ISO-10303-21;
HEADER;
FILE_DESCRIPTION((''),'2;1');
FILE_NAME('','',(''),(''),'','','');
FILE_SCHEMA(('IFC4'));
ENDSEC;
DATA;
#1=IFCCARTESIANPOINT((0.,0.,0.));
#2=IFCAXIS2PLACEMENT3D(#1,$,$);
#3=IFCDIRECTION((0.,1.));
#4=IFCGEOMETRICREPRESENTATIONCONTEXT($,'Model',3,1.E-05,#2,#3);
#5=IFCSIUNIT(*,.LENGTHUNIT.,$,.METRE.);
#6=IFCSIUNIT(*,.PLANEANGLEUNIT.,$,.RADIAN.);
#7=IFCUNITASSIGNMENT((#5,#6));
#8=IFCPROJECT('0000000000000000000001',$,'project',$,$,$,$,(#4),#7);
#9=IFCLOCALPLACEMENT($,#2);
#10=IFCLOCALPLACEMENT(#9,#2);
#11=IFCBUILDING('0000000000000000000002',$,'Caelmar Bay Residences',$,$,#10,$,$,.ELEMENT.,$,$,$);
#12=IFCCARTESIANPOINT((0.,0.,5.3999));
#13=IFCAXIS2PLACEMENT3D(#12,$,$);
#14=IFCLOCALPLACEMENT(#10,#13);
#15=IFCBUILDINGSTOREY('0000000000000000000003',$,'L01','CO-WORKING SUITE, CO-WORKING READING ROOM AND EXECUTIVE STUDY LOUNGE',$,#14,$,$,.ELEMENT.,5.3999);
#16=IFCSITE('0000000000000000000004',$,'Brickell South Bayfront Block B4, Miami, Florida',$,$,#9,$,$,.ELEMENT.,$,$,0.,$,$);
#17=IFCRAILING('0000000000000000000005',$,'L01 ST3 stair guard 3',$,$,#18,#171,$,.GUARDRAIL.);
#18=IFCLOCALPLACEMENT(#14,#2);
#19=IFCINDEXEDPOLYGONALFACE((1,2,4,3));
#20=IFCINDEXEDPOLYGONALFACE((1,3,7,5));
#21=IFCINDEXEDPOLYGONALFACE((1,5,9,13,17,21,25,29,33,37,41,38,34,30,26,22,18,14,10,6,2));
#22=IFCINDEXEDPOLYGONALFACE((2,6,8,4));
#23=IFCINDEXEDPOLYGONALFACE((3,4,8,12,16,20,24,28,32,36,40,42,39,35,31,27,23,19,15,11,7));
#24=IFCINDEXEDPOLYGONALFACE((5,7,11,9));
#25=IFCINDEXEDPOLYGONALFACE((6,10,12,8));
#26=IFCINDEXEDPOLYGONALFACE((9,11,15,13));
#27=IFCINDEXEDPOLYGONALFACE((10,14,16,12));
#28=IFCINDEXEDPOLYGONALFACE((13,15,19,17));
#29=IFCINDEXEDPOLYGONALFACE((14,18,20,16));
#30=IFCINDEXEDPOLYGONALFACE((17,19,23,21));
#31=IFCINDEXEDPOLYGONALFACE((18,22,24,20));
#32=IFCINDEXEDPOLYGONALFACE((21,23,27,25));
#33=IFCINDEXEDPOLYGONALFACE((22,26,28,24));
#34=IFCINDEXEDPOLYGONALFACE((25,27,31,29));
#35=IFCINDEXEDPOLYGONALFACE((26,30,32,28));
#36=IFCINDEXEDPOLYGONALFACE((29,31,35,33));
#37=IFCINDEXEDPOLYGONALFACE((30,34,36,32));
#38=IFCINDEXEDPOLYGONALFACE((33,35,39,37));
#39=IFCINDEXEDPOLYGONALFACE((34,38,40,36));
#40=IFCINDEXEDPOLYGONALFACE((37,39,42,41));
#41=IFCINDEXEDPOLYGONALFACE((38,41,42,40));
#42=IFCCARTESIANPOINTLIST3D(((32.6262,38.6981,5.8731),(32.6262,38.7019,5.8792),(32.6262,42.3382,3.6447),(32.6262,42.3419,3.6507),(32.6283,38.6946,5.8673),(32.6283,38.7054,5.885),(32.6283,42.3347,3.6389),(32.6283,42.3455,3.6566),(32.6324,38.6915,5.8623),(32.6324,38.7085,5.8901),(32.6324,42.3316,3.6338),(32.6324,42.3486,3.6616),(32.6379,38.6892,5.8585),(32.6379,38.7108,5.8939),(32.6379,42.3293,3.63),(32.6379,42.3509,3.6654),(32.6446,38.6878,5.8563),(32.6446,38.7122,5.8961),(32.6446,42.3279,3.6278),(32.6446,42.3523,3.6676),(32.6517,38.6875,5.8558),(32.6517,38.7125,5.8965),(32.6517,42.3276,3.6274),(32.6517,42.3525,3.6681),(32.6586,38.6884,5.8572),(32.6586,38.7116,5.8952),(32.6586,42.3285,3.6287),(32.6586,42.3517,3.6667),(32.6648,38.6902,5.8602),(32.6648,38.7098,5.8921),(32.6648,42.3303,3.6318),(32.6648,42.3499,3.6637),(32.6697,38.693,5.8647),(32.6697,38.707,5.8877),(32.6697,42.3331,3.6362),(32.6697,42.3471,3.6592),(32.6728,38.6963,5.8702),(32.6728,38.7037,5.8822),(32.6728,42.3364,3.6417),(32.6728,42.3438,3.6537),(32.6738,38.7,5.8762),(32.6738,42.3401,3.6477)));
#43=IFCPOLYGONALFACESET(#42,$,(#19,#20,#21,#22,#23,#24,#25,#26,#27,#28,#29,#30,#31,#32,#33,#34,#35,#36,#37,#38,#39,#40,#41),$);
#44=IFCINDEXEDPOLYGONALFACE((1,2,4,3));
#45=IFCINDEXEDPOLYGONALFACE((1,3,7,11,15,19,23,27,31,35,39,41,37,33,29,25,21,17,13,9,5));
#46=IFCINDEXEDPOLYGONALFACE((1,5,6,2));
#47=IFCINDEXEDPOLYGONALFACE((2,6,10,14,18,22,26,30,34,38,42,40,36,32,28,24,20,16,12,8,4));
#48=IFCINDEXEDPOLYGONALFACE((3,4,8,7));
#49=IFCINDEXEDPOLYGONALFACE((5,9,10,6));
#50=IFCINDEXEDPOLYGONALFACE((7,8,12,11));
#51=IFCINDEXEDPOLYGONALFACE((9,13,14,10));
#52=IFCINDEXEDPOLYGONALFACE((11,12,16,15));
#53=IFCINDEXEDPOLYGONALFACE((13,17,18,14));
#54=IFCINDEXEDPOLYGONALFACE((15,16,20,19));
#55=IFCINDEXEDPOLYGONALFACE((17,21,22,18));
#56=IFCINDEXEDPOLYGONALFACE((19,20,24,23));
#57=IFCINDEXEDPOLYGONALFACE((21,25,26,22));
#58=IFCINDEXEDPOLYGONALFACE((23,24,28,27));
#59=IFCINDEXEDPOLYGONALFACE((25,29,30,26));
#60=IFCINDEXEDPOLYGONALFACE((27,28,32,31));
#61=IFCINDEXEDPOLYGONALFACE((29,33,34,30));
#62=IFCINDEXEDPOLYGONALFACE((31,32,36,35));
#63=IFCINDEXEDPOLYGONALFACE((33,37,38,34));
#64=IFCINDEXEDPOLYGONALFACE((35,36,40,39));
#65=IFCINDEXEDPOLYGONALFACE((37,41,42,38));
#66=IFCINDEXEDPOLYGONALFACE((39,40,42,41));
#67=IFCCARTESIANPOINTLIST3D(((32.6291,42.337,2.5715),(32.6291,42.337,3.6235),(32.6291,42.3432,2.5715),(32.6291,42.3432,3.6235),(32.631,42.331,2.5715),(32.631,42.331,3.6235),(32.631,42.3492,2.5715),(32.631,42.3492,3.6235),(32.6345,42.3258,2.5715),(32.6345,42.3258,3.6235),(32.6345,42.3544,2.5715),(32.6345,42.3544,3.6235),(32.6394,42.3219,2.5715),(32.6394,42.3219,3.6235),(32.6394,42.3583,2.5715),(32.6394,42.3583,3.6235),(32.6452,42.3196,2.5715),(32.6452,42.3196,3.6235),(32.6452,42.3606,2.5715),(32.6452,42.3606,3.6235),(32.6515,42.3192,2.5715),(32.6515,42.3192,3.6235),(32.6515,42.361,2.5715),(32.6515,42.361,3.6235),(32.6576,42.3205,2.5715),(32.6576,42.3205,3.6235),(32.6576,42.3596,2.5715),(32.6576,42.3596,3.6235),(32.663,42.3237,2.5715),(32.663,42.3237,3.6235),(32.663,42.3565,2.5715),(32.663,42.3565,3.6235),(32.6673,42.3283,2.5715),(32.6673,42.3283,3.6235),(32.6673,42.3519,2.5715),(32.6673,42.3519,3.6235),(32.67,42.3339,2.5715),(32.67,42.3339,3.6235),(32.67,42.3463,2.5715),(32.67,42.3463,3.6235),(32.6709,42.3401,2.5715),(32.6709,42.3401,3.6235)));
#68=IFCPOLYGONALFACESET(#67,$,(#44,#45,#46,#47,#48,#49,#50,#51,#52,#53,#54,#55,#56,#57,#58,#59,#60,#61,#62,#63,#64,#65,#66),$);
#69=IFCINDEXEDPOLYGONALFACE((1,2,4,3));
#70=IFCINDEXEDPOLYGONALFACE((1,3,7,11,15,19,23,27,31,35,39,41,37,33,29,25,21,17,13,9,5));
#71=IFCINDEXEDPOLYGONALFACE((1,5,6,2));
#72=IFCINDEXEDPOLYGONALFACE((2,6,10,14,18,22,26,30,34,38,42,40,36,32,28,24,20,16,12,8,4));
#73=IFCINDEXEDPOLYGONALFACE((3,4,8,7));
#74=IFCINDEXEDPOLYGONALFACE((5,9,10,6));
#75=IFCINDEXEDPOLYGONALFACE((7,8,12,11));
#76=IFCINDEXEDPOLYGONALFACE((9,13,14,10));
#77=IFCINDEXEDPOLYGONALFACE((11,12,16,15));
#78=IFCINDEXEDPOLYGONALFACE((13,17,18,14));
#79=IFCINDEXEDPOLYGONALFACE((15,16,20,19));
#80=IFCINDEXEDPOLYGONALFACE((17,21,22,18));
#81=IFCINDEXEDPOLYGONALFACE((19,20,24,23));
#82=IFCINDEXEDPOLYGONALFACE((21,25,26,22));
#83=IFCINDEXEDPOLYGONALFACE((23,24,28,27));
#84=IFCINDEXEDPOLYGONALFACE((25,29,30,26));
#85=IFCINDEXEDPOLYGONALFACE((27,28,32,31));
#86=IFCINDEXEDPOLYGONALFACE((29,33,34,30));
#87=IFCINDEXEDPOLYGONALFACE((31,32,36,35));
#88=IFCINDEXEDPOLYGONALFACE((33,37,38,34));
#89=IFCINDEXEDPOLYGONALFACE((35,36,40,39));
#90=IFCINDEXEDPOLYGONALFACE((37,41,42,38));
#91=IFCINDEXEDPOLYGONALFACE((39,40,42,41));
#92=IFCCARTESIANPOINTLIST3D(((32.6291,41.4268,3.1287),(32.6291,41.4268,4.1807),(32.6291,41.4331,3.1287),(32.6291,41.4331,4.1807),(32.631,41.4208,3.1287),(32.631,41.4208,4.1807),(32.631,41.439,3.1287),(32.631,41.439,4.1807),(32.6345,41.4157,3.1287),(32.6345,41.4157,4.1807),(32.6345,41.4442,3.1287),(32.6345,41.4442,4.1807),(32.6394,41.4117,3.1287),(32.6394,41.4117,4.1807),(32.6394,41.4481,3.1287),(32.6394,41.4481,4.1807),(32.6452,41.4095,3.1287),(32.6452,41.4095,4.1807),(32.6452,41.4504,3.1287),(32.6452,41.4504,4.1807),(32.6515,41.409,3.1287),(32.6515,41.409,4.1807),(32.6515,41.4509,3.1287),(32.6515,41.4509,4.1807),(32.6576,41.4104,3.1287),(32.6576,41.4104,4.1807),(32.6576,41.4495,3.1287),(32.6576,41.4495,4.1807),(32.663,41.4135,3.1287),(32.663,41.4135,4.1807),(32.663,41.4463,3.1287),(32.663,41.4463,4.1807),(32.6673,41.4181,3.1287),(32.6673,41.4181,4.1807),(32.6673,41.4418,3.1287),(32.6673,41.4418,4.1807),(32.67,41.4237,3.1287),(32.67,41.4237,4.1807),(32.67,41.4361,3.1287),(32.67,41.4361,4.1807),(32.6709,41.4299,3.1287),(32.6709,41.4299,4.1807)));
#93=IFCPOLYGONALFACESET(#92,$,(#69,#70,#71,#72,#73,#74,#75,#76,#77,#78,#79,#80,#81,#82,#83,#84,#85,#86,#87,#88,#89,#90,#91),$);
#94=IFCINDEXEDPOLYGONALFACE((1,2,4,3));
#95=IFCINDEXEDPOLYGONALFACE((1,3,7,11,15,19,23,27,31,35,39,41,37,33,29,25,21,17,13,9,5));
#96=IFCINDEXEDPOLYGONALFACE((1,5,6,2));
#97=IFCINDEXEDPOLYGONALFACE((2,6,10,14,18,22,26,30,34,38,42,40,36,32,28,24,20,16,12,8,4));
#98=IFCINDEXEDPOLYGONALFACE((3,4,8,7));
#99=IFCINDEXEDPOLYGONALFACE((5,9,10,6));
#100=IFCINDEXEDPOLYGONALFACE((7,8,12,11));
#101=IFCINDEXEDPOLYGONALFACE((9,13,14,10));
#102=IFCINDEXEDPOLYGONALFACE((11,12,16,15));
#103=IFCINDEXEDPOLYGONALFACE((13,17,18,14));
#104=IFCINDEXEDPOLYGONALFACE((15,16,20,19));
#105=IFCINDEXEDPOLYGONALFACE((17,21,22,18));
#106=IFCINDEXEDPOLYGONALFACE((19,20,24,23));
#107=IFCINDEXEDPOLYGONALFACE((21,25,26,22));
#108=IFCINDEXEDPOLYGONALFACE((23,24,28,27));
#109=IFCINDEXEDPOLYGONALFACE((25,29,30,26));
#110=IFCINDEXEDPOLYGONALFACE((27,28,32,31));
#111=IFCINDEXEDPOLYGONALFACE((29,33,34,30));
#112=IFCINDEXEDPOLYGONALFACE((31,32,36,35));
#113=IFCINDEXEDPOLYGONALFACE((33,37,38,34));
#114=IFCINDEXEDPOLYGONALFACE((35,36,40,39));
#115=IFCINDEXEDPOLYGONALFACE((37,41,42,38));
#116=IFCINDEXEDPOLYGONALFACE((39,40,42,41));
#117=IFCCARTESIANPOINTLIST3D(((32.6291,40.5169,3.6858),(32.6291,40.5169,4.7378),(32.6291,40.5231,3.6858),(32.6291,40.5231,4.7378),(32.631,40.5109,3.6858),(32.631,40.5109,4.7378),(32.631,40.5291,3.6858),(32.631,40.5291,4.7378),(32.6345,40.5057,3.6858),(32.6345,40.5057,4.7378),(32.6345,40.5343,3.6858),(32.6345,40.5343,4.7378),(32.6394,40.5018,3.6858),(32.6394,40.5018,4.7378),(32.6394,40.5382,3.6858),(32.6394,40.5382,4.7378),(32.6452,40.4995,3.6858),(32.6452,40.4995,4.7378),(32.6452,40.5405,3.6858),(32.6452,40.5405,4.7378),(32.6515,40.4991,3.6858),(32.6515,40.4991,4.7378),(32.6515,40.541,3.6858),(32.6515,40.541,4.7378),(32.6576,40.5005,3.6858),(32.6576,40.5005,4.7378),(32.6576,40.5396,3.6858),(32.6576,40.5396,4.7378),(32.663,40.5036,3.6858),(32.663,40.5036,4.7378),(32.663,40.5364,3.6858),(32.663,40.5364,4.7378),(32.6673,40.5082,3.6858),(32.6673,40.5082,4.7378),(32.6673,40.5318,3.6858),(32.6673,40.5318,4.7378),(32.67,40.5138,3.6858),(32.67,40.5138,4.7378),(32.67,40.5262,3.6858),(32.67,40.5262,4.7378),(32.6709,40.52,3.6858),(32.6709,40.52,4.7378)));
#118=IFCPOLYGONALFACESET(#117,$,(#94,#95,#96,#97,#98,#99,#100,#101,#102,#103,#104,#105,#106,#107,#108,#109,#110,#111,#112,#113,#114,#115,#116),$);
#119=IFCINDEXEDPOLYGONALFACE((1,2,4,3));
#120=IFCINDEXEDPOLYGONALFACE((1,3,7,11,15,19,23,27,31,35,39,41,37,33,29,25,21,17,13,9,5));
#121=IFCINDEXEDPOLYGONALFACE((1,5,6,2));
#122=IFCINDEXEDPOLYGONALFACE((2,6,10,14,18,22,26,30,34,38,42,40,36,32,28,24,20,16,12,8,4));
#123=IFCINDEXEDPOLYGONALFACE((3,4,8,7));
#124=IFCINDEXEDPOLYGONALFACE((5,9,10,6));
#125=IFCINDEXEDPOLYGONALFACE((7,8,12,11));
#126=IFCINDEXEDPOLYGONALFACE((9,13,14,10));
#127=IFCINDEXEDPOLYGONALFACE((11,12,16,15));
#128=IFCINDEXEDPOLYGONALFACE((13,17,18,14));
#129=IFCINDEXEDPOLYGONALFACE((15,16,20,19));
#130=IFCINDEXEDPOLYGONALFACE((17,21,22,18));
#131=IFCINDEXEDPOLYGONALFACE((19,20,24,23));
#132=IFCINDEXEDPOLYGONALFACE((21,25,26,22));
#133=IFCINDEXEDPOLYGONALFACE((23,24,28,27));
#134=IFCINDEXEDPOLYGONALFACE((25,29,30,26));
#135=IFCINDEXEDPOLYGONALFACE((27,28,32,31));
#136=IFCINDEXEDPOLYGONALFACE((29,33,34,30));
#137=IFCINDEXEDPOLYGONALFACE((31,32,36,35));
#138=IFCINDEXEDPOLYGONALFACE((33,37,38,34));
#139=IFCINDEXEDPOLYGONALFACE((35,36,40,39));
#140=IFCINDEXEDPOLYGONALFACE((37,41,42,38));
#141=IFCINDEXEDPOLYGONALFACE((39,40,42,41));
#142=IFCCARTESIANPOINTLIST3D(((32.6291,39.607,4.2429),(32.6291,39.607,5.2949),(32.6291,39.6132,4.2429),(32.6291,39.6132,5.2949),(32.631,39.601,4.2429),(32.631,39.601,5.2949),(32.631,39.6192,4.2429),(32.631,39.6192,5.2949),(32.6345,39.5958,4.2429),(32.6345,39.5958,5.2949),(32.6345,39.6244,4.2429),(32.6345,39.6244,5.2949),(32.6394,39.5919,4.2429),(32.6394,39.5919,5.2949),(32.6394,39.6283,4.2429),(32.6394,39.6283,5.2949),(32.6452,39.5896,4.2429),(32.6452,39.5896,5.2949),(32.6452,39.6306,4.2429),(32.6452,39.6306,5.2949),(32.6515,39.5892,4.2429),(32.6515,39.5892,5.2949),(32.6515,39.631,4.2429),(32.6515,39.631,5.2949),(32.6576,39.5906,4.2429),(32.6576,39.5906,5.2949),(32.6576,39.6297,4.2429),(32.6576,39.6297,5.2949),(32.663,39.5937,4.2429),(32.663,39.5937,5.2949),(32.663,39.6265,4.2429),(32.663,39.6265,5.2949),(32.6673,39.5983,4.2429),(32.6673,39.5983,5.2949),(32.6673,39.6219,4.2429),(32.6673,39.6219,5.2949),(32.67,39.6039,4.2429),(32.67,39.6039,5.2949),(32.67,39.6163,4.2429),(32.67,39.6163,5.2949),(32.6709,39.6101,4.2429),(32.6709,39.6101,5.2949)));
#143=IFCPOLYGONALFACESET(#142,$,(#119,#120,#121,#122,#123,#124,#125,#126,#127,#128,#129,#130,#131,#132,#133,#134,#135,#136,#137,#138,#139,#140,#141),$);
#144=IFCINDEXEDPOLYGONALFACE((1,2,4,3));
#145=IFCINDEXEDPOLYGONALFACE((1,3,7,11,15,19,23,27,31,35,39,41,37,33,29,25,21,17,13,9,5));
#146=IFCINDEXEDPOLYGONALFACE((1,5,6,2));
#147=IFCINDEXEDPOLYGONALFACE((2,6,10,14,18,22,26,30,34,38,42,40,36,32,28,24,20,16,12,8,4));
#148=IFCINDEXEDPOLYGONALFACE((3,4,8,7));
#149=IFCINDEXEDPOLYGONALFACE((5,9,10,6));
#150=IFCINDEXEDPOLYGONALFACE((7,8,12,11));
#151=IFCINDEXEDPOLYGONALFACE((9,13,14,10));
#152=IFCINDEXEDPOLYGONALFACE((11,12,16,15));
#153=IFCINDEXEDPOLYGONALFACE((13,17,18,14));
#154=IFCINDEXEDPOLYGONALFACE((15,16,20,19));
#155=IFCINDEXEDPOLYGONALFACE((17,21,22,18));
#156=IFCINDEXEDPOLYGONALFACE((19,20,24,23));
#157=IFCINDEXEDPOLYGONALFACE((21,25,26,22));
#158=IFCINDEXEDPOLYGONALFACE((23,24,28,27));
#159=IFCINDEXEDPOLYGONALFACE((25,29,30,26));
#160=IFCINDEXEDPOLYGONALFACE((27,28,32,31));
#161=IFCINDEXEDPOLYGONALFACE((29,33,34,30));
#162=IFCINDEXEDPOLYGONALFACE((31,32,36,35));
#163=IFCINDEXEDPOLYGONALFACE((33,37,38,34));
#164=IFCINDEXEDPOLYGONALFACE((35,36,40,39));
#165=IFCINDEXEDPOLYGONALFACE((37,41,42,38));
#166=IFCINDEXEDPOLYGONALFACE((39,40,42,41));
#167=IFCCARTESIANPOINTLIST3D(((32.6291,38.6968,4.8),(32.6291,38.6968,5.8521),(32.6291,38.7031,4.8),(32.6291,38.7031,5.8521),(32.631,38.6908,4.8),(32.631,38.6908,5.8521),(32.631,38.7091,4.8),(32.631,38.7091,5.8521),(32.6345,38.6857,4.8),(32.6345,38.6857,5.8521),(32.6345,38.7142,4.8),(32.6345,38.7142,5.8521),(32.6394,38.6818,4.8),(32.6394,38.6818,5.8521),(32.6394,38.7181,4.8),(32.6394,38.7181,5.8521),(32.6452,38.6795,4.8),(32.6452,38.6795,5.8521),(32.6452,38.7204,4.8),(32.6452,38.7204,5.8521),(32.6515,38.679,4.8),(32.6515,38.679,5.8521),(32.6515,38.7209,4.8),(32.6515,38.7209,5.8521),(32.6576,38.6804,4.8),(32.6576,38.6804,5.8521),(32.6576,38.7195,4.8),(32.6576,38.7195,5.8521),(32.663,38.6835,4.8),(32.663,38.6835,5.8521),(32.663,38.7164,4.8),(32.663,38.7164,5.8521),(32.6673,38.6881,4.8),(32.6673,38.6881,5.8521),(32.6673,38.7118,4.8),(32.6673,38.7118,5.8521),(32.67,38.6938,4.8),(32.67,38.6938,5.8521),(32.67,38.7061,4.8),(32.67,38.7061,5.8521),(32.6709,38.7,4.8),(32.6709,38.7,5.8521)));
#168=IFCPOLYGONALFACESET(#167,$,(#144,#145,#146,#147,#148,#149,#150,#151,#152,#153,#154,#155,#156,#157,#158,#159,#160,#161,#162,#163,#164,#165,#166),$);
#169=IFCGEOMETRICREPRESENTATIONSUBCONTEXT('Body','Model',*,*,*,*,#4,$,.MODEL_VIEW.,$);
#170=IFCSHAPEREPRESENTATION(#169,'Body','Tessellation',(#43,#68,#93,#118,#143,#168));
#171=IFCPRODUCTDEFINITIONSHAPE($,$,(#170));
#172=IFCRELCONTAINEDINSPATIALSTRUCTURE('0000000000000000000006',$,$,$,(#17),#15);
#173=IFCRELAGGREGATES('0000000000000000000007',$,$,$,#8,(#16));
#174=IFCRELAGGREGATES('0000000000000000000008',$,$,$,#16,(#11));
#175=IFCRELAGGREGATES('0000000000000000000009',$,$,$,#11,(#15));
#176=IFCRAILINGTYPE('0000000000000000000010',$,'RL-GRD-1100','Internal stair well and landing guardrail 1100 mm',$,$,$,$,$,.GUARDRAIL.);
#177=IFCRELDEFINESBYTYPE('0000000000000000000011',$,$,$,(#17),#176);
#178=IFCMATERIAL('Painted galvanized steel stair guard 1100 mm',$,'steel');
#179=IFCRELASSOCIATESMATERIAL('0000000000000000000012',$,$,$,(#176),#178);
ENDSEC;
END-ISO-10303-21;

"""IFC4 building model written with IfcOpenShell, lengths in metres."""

from ifc_helpers import new_model, si_unit, direction, frame, origin, origin_2d, place, context, subcontext, project, spatial, circle, extrude, material, type_object, element, save


model = new_model("IFC4")

# Units and contexts
model_context = context("Model", 3, precision=1e-05, world=origin(), true_north=direction((0.0, 1.0)))
body_context = subcontext(model_context, "Body", "Model", "MODEL_VIEW")
ifc_project = project(units=[si_unit("LENGTHUNIT", "METRE"), si_unit("PLANEANGLEUNIT", "RADIAN")], contexts=[model_context])

# Site, building, storey
site_placement = place(None, origin())
site = spatial("IfcSite", under=ifc_project, at=site_placement, Name="Brickell South Bayfront Block B4, Miami, Florida", CompositionType="ELEMENT", RefElevation=0.0)
building_placement = place(site_placement, origin())
building = spatial("IfcBuilding", under=site, at=building_placement, Name="Caelmar Bay Residences", CompositionType="ELEMENT")
storey_placement = place(building_placement, frame((0.0, 0.0, 5.3999)))
storey = spatial("IfcBuildingStorey", under=building, at=storey_placement, Name="L01", Description="CO-WORKING SUITE, CO-WORKING READING ROOM AND EXECUTIVE STUDY LOUNGE", CompositionType="ELEMENT", Elevation=5.3999)

# Railing
ifc_material_1 = material(Name="Painted galvanized steel stair guard 1100 mm", Category="steel")
railing_type_1 = type_object("IfcRailingType", Name="RL-GRD-1100", Description="Internal stair well and landing guardrail 1100 mm", PredefinedType="GUARDRAIL", material=ifc_material_1)
railing_1_placement = place(storey_placement, frame((32.6499, 42.3401, 2.5715)))
element("IfcRailing", 1, at=railing_1_placement, inside=storey, type_object=railing_type_1, Name="L01 ST3 stair guard 3", PredefinedType="GUARDRAIL", context=body_context, shape_type="SweptSolid", body=[
    extrude(circle(Radius=0.0239, at=origin_2d()), frame((0.0, 0.0, 1.0762), z_axis=(0.0, -0.852866, 0.52213), x_axis=(1.0, 0.0, 0.0)), (0.0, 0.0, 1.0), 4.2681),
    extrude(circle(Radius=0.021, at=origin_2d()), origin(), (0.0, 0.0, 1.0), 1.052),
    extrude(circle(Radius=0.021, at=origin_2d()), frame((0.0, -0.9102, 0.5571)), (0.0, 0.0, 1.0), 1.052),
    extrude(circle(Radius=0.021, at=origin_2d()), frame((0.0, -1.8201, 1.1143)), (0.0, 0.0, 1.0), 1.052),
    extrude(circle(Radius=0.021, at=origin_2d()), frame((0.0, -2.73, 1.6714)), (0.0, 0.0, 1.0), 1.052),
    extrude(circle(Radius=0.021, at=origin_2d()), frame((0.0, -3.6401, 2.2285)), (0.0, 0.0, 1.0), 1.052),
])

save(model, "model.ifc")
